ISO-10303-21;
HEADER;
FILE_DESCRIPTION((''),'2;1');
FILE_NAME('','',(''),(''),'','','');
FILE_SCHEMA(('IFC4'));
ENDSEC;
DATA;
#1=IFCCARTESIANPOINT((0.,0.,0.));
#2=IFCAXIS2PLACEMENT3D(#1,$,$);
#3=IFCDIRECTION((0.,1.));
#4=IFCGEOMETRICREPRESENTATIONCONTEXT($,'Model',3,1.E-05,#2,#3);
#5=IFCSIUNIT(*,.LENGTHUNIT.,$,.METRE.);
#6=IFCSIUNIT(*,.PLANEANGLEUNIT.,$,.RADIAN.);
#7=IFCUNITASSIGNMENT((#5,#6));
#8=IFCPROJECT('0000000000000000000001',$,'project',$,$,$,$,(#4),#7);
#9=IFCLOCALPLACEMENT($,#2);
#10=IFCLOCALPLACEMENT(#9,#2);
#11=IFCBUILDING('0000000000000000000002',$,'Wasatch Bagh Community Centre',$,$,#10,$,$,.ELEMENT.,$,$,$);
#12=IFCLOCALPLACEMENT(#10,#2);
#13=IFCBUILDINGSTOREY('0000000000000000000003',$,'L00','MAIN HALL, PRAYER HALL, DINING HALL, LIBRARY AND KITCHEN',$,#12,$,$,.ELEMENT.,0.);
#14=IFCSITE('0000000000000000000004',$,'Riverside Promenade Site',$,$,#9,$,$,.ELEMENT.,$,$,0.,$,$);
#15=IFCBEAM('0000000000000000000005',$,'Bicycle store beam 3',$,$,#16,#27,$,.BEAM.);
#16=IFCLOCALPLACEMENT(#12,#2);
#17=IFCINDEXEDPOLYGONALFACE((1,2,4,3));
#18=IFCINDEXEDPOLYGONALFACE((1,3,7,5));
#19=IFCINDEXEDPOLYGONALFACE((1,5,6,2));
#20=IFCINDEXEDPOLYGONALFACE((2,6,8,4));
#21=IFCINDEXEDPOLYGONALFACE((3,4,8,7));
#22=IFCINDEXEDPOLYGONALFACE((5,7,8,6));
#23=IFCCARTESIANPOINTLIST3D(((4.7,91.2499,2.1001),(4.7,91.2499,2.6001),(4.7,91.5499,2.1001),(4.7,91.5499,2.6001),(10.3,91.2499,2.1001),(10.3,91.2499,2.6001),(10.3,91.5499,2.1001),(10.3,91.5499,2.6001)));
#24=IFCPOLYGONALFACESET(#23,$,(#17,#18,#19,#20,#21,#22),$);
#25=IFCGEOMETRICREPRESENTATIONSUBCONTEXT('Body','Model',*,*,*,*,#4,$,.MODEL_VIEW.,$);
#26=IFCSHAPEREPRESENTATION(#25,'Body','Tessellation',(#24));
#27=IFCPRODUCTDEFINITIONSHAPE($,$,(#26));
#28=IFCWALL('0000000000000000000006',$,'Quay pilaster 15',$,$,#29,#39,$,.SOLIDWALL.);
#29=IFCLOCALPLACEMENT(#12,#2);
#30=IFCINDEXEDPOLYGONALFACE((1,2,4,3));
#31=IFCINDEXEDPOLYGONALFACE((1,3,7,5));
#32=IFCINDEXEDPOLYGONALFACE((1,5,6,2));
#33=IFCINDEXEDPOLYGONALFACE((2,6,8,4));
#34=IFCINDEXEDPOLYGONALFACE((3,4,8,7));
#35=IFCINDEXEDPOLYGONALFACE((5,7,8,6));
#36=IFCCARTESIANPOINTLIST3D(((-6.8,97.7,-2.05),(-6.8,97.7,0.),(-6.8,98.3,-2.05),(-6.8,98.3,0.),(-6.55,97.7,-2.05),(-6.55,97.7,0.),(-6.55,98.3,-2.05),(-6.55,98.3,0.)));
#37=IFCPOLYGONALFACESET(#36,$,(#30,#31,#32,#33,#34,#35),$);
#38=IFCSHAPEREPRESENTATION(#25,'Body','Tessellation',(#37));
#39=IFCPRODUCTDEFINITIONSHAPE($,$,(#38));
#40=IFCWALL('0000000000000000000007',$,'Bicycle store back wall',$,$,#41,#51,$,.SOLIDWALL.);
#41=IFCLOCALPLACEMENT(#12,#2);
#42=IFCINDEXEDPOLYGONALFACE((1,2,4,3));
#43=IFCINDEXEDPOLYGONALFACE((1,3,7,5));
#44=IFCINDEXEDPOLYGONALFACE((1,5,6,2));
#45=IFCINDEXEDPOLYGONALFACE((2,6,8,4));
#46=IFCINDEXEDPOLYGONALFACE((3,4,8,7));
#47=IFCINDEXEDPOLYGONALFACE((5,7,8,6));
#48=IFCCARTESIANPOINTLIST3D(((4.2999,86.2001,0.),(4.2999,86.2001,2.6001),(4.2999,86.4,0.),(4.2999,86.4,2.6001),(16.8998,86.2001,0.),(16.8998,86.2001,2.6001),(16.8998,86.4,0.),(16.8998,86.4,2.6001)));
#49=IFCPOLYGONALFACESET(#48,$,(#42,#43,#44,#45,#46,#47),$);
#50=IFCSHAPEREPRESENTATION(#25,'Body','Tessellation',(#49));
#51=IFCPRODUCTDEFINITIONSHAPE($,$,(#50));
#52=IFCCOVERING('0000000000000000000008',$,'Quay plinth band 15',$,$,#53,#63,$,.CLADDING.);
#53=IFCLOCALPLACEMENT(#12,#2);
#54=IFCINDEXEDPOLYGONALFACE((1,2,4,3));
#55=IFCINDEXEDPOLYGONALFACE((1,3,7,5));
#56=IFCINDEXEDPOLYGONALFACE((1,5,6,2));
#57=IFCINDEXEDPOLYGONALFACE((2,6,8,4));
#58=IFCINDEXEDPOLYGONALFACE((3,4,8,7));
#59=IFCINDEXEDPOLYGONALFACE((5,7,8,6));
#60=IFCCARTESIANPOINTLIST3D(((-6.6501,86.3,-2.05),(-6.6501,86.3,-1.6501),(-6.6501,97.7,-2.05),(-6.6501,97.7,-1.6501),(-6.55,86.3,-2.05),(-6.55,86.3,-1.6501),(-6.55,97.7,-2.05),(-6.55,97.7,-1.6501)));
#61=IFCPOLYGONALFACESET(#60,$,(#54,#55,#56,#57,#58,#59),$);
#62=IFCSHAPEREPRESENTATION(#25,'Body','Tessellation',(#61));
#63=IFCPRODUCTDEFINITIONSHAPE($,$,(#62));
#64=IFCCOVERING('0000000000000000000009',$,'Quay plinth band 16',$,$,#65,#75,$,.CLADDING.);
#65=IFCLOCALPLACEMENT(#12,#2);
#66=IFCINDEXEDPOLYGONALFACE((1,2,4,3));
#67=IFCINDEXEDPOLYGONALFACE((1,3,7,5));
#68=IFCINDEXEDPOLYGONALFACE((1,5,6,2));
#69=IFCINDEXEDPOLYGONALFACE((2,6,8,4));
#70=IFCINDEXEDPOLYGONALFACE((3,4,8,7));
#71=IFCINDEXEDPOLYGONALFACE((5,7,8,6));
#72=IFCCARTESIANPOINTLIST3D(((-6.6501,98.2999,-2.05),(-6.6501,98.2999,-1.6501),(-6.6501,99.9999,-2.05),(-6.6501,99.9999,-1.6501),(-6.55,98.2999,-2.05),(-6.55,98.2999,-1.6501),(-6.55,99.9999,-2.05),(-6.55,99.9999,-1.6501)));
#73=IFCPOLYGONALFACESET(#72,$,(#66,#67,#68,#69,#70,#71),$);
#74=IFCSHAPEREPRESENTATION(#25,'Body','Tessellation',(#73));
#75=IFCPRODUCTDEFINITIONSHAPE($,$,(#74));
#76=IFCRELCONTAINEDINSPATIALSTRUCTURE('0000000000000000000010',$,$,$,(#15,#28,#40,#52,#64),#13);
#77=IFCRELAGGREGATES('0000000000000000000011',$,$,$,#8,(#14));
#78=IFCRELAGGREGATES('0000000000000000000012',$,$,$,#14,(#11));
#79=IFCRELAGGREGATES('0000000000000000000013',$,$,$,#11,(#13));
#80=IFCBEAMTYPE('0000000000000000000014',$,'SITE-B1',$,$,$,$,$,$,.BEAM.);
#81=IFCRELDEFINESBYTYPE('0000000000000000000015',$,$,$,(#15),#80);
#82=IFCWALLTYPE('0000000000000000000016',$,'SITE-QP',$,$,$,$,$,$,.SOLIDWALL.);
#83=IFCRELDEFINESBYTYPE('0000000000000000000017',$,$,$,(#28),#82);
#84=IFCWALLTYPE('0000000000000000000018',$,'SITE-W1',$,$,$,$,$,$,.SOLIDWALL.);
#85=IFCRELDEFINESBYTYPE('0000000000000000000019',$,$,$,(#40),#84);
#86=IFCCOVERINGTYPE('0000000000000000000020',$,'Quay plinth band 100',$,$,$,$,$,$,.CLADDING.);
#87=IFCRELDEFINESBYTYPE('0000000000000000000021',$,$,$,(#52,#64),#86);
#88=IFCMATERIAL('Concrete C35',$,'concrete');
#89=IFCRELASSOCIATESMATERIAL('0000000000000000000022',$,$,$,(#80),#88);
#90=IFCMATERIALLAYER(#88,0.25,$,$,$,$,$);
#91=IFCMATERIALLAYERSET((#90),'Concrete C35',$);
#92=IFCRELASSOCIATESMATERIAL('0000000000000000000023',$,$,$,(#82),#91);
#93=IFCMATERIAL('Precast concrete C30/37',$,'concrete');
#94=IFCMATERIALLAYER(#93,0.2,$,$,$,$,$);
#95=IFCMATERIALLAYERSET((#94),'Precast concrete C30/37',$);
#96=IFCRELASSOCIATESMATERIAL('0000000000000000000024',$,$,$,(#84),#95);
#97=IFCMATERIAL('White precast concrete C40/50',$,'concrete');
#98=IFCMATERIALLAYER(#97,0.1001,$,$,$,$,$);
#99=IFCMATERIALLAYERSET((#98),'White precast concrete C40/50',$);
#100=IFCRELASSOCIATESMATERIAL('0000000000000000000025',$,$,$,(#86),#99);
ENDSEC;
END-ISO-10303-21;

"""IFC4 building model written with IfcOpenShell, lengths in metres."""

from ifc_helpers import new_model, si_unit, direction, frame, frame_2d, origin, origin_2d, place, context, subcontext, project, spatial, rectangle, extrude, material, layer, layer_set, material_profile, profile_set, type_object, element, save


model = new_model("IFC4")

# Units and contexts
model_context = context("Model", 3, precision=1e-05, world=origin(), true_north=direction((0.0, 1.0)))
body_context = subcontext(model_context, "Body", "Model", "MODEL_VIEW")
ifc_project = project(units=[si_unit("LENGTHUNIT", "METRE"), si_unit("PLANEANGLEUNIT", "RADIAN")], contexts=[model_context])

# Site, building, storey
site_placement = place(None, origin())
site = spatial("IfcSite", under=ifc_project, at=site_placement, Name="Riverside Promenade Site", CompositionType="ELEMENT", RefElevation=0.0)
building_placement = place(site_placement, origin())
building = spatial("IfcBuilding", under=site, at=building_placement, Name="Wasatch Bagh Community Centre", CompositionType="ELEMENT")
storey_placement = place(building_placement, origin())
storey = spatial("IfcBuildingStorey", under=building, at=storey_placement, Name="L00", Description="MAIN HALL, PRAYER HALL, DINING HALL, LIBRARY AND KITCHEN", CompositionType="ELEMENT", Elevation=0.0)

# Shared definitions
ifc_material_1 = material(Name="Concrete C35", Category="concrete")

# Beam
ifc_material_profile_1 = material_profile(ifc_material_1, rectangle(XDim=0.3, YDim=0.5, at=origin_2d()), Name="RC 300x500")
ifc_profile_set_1 = profile_set([ifc_material_profile_1], Name="Concrete C35")
beam_type_1 = type_object("IfcBeamType", Name="SITE-B1", PredefinedType="BEAM", material=ifc_profile_set_1)
for number, where, z_axis, x_axis, name in (
    (1, (4.7, 91.3999, 2.3501), (1.0, 0.0, 0.0), (0.0, 1.0, 0.0), "Bicycle store beam 3"),
):
    element("IfcBeam", number, at=place(storey_placement, frame(where, z_axis=z_axis, x_axis=x_axis)), inside=storey, type_object=beam_type_1, Name=name, PredefinedType="BEAM", context=body_context, shape_type="SweptSolid", body=[
        extrude(rectangle(XDim=0.3, YDim=0.5, at=origin_2d()), origin(), (0.0, 0.0, 1.0), 5.6001),
    ])

# Walls
ifc_layer_1 = layer(ifc_material_1, 0.25)
ifc_layer_set_1 = layer_set([ifc_layer_1], Name="Concrete C35")
wall_type_1 = type_object("IfcWallType", Name="SITE-QP", PredefinedType="SOLIDWALL", material=ifc_layer_set_1)
wall_1_placement = place(storey_placement, frame((-6.675, 97.7, -2.05), z_axis=(0.0, 0.0, 1.0), x_axis=(0.0, 1.0, 0.0)))
element("IfcWall", 2, at=wall_1_placement, inside=storey, type_object=wall_type_1, Name="Quay pilaster 15", PredefinedType="SOLIDWALL", context=body_context, shape_type="SweptSolid", body=[
    extrude(rectangle(XDim=0.6001, YDim=0.25, at=frame_2d((0.3, 0.0))), origin(), (0.0, 0.0, 1.0), 2.05),
])
ifc_material_2 = material(Name="Precast concrete C30/37", Category="concrete")
ifc_layer_2 = layer(ifc_material_2, 0.2)
ifc_layer_set_2 = layer_set([ifc_layer_2], Name="Precast concrete C30/37")
wall_type_2 = type_object("IfcWallType", Name="SITE-W1", PredefinedType="SOLIDWALL", material=ifc_layer_set_2)
wall_2_placement = place(storey_placement, frame((4.3, 86.3, 0.0), z_axis=(0.0, 0.0, 1.0), x_axis=(1.0, 0.0, 0.0)))
element("IfcWall", 3, at=wall_2_placement, inside=storey, type_object=wall_type_2, Name="Bicycle store back wall", PredefinedType="SOLIDWALL", context=body_context, shape_type="SweptSolid", body=[
    extrude(rectangle(XDim=12.5999, YDim=0.2, at=frame_2d((6.2998, 0.0))), origin(), (0.0, 0.0, 1.0), 2.6001),
])

# Coverings
ifc_material_3 = material(Name="White precast concrete C40/50", Category="concrete")
ifc_layer_3 = layer(ifc_material_3, 0.1001)
ifc_layer_set_3 = layer_set([ifc_layer_3], Name="White precast concrete C40/50")
covering_type = type_object("IfcCoveringType", Name="Quay plinth band 100", PredefinedType="CLADDING", material=ifc_layer_set_3)
covering_1_placement = place(storey_placement, frame((-6.6001, 92.0, -2.05), z_axis=(0.0, 0.0, 1.0), x_axis=(1.0, 0.0, 0.0)))
element("IfcCovering", 4, at=covering_1_placement, inside=storey, type_object=covering_type, Name="Quay plinth band 15", PredefinedType="CLADDING", context=body_context, shape_type="SweptSolid", body=[
    extrude(rectangle(XDim=0.1001, YDim=11.3999, at=origin_2d()), origin(), (0.0, 0.0, 1.0), 0.3999),
])
covering_2_placement = place(storey_placement, frame((-6.6001, 99.1499, -2.05), z_axis=(0.0, 0.0, 1.0), x_axis=(1.0, 0.0, 0.0)))
element("IfcCovering", 5, at=covering_2_placement, inside=storey, type_object=covering_type, Name="Quay plinth band 16", PredefinedType="CLADDING", context=body_context, shape_type="SweptSolid", body=[
    extrude(rectangle(XDim=0.1001, YDim=1.7, at=origin_2d()), origin(), (0.0, 0.0, 1.0), 0.3999),
])

save(model, "model.ifc")
